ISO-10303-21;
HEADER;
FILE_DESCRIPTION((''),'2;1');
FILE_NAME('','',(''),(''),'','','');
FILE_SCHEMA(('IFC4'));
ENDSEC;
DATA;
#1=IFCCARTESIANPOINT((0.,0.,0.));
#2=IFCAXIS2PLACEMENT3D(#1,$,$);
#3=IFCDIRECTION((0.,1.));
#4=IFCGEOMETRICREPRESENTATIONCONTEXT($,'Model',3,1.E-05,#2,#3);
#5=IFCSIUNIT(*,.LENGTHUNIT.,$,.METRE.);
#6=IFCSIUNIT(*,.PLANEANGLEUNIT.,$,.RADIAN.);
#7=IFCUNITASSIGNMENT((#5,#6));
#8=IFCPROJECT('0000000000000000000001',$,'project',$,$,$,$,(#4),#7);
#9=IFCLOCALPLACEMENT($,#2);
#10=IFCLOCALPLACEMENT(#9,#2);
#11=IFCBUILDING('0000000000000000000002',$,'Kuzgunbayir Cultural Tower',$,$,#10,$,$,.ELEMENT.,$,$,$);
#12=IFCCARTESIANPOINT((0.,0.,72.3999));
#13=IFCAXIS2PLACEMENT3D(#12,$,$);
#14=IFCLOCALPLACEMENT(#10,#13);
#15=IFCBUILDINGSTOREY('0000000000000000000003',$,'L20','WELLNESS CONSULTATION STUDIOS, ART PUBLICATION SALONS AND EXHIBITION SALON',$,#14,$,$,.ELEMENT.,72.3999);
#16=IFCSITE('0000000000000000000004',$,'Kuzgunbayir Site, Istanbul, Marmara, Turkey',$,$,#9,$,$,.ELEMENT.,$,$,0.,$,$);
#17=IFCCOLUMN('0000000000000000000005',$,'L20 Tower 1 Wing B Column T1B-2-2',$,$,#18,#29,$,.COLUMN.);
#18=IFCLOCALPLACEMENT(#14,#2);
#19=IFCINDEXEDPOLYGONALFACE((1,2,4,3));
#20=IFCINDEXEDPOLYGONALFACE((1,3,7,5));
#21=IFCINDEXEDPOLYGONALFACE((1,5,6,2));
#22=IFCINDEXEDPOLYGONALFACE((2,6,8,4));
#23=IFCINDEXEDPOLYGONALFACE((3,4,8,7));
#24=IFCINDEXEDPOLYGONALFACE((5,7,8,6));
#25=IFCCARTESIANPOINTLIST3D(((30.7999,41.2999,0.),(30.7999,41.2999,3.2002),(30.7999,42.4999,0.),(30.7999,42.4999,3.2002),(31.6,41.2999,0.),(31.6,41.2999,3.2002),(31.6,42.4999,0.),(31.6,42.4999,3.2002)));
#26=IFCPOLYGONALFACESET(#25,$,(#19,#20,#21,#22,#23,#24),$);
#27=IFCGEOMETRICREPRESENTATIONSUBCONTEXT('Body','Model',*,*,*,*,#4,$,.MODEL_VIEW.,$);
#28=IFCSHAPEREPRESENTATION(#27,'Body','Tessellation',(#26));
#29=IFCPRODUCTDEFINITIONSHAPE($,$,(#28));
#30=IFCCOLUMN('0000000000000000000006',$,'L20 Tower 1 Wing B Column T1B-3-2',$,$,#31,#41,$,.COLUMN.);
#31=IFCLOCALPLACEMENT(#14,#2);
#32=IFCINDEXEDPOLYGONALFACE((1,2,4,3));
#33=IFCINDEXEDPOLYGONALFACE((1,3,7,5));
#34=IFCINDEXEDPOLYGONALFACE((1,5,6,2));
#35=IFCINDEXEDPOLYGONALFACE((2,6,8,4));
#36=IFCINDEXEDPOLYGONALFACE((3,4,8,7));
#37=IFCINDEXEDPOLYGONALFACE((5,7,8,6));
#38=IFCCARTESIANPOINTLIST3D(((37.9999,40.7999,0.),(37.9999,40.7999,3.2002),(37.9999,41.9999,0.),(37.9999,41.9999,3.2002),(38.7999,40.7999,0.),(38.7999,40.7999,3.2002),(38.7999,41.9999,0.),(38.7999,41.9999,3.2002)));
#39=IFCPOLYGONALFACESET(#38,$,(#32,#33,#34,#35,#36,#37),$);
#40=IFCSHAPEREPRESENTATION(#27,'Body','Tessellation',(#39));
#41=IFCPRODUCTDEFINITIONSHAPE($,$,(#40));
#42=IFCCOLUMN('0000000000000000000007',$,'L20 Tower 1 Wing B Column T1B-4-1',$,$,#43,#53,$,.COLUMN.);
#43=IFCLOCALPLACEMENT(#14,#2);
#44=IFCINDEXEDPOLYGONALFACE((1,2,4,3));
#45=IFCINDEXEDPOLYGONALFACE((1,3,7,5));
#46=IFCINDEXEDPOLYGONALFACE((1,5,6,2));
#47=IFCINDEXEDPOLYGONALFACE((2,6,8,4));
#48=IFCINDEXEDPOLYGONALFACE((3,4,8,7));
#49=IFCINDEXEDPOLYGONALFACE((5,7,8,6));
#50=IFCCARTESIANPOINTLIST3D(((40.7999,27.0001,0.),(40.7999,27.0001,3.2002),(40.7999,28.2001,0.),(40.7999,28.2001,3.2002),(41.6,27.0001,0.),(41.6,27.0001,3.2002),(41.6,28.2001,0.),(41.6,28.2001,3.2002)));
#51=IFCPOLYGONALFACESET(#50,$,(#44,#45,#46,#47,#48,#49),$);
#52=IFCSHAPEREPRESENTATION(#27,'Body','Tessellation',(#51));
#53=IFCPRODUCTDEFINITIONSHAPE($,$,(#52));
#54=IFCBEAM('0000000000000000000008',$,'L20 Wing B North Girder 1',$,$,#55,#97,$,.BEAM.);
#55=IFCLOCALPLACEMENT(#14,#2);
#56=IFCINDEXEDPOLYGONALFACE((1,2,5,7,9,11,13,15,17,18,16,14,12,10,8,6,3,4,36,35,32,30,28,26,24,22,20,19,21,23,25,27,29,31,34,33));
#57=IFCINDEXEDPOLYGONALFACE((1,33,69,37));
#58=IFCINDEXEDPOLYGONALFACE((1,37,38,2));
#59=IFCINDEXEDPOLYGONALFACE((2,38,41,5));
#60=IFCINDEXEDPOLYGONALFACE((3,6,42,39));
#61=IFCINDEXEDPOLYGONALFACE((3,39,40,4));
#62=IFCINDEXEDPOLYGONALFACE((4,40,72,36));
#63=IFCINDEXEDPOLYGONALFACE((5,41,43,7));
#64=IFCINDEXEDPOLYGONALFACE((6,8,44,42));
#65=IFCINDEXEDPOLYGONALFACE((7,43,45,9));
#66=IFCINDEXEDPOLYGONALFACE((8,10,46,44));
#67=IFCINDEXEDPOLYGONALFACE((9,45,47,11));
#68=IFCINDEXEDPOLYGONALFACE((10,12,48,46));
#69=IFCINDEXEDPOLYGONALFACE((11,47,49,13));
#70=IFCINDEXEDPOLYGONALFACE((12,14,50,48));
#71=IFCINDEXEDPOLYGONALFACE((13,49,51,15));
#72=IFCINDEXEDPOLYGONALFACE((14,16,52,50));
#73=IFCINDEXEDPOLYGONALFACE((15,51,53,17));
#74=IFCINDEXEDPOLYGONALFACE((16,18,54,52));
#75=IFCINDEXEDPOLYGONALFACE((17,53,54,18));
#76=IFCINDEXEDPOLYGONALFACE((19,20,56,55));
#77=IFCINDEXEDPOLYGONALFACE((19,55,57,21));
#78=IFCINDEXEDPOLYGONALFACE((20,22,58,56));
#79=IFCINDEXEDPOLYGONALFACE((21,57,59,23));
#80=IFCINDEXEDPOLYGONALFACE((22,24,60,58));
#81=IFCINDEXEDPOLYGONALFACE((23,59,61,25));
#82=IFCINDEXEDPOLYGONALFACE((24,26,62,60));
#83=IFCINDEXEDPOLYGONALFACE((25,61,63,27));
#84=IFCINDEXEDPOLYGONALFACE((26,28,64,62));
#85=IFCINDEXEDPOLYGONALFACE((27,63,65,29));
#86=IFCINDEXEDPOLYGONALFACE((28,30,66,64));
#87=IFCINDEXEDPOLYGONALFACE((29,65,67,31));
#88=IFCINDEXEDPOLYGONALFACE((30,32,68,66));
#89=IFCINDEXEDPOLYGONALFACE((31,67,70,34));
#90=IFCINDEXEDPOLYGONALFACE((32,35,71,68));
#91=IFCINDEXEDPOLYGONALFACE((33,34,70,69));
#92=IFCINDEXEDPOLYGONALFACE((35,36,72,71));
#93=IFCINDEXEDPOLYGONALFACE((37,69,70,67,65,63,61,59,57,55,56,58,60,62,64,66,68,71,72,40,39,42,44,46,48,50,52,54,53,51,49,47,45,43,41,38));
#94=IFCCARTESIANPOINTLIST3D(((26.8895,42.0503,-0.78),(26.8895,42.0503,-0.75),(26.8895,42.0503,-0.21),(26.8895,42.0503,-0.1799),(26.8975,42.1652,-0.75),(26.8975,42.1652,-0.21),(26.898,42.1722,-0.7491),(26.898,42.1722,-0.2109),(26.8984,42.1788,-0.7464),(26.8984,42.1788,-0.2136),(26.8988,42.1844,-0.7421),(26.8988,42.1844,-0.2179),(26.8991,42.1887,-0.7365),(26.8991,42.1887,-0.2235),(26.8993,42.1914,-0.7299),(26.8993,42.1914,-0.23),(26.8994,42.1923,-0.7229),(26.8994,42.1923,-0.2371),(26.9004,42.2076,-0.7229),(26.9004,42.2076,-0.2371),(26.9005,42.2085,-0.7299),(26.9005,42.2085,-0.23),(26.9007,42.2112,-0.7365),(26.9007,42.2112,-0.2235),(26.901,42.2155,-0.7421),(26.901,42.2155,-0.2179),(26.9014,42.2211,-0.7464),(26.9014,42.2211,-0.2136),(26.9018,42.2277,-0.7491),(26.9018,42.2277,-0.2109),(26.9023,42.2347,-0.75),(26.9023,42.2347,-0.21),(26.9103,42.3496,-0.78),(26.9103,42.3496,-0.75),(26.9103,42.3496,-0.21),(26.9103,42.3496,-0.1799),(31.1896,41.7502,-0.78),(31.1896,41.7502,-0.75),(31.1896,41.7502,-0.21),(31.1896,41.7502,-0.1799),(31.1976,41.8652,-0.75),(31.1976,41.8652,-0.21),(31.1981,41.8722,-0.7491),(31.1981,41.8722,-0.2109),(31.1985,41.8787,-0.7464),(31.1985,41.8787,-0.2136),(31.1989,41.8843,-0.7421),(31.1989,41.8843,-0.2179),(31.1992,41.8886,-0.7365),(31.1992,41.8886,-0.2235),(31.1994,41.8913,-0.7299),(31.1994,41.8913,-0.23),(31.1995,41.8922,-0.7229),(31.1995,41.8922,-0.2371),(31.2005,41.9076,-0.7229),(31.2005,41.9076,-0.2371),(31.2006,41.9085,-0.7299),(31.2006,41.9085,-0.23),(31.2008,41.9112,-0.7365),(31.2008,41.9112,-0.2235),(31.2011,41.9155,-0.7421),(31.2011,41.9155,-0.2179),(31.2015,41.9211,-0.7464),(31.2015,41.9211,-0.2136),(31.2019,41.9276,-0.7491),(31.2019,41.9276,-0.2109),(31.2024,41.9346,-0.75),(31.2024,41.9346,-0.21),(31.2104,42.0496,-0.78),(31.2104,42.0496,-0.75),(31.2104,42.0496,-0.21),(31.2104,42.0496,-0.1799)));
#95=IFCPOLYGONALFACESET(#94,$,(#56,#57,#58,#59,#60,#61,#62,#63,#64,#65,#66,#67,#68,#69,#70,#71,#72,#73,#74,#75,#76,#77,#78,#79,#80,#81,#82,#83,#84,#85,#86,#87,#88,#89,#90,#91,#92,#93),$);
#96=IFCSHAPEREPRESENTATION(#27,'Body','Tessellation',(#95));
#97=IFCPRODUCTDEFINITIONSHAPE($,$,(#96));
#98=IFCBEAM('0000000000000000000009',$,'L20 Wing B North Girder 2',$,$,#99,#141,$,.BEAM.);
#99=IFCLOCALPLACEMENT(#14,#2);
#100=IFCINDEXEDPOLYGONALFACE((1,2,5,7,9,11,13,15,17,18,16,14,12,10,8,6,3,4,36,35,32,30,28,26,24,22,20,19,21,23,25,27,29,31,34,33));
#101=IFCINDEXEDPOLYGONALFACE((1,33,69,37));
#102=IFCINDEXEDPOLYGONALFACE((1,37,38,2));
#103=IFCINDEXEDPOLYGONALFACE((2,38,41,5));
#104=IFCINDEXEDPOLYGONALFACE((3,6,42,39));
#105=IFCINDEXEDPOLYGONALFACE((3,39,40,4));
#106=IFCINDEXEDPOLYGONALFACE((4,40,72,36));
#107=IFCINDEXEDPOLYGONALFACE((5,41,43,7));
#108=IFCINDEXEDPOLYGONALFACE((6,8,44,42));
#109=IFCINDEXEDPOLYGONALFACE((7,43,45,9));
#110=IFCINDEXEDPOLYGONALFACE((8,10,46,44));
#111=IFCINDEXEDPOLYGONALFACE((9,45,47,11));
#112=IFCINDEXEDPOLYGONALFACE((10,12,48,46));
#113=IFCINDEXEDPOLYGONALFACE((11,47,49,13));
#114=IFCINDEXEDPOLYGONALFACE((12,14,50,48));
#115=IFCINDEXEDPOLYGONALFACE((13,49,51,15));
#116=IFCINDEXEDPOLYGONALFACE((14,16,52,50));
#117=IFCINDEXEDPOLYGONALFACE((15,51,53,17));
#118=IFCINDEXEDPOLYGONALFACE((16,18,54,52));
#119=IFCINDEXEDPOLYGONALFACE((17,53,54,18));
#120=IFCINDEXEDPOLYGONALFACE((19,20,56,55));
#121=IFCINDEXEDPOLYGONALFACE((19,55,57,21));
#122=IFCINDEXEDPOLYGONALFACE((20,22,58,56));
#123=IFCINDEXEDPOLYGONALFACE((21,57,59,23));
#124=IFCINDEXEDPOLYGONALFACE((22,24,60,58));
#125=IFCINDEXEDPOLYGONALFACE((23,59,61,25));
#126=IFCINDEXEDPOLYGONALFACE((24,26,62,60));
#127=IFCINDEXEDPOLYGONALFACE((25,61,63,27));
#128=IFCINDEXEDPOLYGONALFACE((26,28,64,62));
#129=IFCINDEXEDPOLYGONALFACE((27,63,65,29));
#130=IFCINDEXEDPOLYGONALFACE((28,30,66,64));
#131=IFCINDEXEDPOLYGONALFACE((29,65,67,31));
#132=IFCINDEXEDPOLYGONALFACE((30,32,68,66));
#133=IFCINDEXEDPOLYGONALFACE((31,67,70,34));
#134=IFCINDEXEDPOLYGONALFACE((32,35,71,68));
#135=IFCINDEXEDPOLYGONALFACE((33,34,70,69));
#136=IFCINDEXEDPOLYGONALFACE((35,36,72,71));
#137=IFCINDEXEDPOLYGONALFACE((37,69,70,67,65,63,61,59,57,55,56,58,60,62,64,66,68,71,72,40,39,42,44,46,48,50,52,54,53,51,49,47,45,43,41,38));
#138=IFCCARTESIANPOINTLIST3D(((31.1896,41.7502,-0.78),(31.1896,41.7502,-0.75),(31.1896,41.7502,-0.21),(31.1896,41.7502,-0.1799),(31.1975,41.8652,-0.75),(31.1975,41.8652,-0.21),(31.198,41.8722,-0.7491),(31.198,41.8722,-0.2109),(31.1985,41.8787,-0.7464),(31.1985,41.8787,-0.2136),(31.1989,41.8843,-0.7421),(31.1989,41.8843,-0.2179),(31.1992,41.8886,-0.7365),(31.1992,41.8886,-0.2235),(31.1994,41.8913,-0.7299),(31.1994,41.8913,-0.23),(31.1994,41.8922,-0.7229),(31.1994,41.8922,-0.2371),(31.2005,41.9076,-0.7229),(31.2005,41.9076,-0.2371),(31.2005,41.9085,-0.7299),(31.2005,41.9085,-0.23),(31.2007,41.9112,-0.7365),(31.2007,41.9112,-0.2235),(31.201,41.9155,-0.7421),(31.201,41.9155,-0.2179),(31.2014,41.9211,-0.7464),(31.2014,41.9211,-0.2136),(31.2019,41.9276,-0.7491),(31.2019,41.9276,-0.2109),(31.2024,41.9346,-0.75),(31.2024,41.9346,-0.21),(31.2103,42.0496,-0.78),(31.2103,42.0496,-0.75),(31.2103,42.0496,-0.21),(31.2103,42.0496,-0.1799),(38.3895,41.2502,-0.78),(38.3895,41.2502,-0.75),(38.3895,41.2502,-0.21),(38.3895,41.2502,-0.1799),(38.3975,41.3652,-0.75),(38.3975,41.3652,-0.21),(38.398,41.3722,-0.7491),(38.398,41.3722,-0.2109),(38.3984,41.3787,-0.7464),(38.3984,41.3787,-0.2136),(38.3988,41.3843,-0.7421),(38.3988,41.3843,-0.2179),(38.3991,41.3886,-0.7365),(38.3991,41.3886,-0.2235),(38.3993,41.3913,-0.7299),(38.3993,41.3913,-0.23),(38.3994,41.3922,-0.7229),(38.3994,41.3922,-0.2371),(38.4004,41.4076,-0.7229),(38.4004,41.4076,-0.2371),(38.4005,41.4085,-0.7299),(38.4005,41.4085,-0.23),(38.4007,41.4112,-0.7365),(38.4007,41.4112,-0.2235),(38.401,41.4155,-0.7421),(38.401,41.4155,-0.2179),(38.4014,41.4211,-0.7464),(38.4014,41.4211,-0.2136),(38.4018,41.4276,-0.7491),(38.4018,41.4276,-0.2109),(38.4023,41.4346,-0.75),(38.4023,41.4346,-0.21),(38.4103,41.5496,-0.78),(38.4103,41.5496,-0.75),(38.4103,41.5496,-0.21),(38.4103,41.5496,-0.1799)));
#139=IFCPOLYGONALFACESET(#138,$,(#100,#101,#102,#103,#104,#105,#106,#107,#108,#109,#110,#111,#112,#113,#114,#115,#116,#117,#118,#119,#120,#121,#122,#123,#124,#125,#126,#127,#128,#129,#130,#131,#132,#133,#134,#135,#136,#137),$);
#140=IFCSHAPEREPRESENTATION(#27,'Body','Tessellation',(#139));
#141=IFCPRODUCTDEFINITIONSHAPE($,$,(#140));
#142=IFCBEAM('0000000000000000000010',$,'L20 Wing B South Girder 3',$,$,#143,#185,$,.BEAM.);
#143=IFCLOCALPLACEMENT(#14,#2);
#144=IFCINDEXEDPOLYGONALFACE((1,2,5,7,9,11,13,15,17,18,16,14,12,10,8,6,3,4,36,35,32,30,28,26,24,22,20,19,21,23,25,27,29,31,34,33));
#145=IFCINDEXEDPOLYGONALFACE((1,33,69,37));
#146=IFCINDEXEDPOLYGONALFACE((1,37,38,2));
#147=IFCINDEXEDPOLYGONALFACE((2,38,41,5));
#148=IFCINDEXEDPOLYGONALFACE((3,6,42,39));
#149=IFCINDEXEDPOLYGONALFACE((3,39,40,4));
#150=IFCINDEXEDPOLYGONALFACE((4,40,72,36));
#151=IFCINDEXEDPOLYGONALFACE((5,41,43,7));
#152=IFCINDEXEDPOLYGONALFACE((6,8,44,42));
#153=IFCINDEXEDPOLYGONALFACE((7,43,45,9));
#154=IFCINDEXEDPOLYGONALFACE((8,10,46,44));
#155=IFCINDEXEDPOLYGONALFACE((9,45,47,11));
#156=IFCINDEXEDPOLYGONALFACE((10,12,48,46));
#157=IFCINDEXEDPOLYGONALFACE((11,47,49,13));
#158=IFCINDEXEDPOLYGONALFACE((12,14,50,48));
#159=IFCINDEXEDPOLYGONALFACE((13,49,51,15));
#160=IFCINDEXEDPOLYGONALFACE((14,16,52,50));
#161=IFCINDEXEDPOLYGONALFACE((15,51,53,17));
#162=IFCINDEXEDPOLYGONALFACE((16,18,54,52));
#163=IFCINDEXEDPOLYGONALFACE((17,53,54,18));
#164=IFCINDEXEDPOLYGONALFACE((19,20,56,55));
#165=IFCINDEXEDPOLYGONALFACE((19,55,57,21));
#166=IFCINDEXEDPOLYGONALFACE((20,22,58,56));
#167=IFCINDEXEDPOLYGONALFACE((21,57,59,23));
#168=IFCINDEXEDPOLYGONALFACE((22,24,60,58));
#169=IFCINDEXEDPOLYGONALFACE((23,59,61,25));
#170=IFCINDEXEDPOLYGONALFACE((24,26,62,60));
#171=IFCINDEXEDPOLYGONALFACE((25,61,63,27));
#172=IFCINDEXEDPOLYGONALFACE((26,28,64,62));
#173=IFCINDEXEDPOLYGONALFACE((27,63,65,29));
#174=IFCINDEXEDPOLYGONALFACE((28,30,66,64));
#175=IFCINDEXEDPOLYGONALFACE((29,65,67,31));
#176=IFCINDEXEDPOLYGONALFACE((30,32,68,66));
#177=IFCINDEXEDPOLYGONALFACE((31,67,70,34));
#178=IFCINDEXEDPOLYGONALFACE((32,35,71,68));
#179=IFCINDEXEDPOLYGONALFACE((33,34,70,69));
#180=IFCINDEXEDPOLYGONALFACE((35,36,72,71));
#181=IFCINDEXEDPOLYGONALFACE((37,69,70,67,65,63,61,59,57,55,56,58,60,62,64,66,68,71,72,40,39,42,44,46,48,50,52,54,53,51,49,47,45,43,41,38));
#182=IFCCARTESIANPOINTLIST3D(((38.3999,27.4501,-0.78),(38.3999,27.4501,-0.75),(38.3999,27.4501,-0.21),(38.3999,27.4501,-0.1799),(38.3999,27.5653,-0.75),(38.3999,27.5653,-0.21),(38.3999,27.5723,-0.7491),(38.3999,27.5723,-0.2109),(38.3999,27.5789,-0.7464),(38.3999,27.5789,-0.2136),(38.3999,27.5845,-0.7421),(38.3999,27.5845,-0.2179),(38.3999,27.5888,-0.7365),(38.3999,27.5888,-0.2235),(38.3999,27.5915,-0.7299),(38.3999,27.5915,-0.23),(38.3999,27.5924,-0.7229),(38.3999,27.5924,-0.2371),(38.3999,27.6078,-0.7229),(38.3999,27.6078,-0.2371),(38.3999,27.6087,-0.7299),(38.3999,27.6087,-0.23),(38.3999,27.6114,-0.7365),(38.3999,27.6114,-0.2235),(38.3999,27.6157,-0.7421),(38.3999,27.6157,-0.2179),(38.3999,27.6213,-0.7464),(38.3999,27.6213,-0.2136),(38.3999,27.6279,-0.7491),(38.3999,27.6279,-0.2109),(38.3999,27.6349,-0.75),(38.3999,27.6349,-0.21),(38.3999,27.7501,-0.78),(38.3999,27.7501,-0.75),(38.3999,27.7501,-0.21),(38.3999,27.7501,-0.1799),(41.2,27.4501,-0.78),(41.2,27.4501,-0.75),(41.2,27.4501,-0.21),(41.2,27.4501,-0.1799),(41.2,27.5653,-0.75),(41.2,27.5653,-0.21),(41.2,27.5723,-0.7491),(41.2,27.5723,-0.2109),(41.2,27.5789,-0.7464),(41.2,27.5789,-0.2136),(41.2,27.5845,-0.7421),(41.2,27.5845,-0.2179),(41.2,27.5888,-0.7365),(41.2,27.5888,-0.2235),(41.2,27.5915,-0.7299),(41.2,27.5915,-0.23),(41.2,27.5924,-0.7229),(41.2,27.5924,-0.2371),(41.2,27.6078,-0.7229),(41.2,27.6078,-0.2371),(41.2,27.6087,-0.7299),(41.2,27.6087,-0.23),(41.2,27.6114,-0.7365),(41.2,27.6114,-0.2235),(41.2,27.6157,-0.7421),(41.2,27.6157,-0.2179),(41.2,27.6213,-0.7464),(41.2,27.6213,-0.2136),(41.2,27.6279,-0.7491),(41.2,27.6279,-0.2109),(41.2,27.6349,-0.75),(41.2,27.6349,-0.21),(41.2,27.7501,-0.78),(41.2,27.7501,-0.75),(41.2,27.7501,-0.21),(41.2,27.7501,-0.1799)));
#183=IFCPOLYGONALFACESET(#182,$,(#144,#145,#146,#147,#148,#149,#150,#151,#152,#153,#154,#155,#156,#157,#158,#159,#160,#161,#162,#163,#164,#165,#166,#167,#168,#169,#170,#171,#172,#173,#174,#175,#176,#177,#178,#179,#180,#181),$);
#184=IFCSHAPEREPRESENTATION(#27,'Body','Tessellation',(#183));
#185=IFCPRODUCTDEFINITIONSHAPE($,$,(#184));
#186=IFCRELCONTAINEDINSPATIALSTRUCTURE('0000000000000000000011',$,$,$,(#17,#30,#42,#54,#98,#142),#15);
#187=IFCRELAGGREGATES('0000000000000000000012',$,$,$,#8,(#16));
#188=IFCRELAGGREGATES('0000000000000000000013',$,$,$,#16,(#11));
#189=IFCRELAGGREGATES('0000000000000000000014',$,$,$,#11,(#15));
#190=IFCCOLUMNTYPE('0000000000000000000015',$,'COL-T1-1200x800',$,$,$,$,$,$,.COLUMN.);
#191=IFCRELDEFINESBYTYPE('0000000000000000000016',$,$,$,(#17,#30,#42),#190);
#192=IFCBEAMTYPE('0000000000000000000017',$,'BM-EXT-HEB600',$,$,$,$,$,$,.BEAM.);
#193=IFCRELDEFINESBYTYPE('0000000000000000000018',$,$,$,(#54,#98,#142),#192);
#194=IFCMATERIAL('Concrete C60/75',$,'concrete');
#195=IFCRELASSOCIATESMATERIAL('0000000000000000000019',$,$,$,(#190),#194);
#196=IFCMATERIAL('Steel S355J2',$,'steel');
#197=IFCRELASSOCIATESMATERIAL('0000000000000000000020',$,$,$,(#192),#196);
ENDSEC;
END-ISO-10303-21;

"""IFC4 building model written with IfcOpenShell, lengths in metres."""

from ifc_helpers import new_model, si_unit, direction, frame, origin, origin_2d, place, context, subcontext, project, spatial, rectangle, i_section, extrude, material, material_profile, profile_set, type_object, element, save


model = new_model("IFC4")

# Units and contexts
model_context = context("Model", 3, precision=1e-05, world=origin(), true_north=direction((0.0, 1.0)))
body_context = subcontext(model_context, "Body", "Model", "MODEL_VIEW")
ifc_project = project(units=[si_unit("LENGTHUNIT", "METRE"), si_unit("PLANEANGLEUNIT", "RADIAN")], contexts=[model_context])

# Site, building, storey
site_placement = place(None, origin())
site = spatial("IfcSite", under=ifc_project, at=site_placement, Name="Kuzgunbayir Site, Istanbul, Marmara, Turkey", CompositionType="ELEMENT", RefElevation=0.0)
building_placement = place(site_placement, origin())
building = spatial("IfcBuilding", under=site, at=building_placement, Name="Kuzgunbayir Cultural Tower", CompositionType="ELEMENT")
storey_placement = place(building_placement, frame((0.0, 0.0, 72.3999)))
storey = spatial("IfcBuildingStorey", under=building, at=storey_placement, Name="L20", Description="WELLNESS CONSULTATION STUDIOS, ART PUBLICATION SALONS AND EXHIBITION SALON", CompositionType="ELEMENT", Elevation=72.3999)

# Columns
ifc_material_1 = material(Name="Concrete C60/75", Category="concrete")
ifc_material_profile_1 = material_profile(ifc_material_1, rectangle(XDim=0.8, YDim=1.2, at=origin_2d()), Name="RC 1200x800")
ifc_profile_set_1 = profile_set([ifc_material_profile_1], Name="Concrete C60/75")
column_type = type_object("IfcColumnType", Name="COL-T1-1200x800", PredefinedType="COLUMN", material=ifc_profile_set_1)
for number, where, z_axis, x_axis, name in (
    (1, (31.2, 41.8999, 0.0), (0.0, 0.0, 1.0), (1.0, 0.0, 0.0), "L20 Tower 1 Wing B Column T1B-2-2"),
    (2, (38.3999, 41.3999, 0.0), (0.0, 0.0, 1.0), (1.0, 0.0, 0.0), "L20 Tower 1 Wing B Column T1B-3-2"),
    (3, (41.2, 27.6001, 0.0), (0.0, 0.0, 1.0), (1.0, 0.0, 0.0), "L20 Tower 1 Wing B Column T1B-4-1"),
):
    element("IfcColumn", number, at=place(storey_placement, frame(where, z_axis=z_axis, x_axis=x_axis)), inside=storey, type_object=column_type, Name=name, PredefinedType="COLUMN", context=body_context, shape_type="SweptSolid", body=[
        extrude(rectangle(XDim=0.8, YDim=1.2, at=origin_2d()), origin(), (0.0, 0.0, 1.0), 3.2002),
    ])

# Beams
ifc_material_2 = material(Name="Steel S355J2", Category="steel")
ifc_material_profile_2 = material_profile(ifc_material_2, i_section(OverallWidth=0.3, OverallDepth=0.6001, WebThickness=0.0154, FlangeThickness=0.03, FilletRadius=0.0271, at=origin_2d()), Name="HEB 600")
ifc_profile_set_2 = profile_set([ifc_material_profile_2], Name="Steel S355J2")
beam_type_1 = type_object("IfcBeamType", Name="BM-EXT-HEB600", PredefinedType="BEAM", material=ifc_profile_set_2)
beam_1_placement = place(storey_placement, frame((26.8999, 42.2, -0.48), z_axis=(0.997574, -0.069609, 0.0), x_axis=(0.069609, 0.997574, 0.0)))
element("IfcBeam", 4, at=beam_1_placement, inside=storey, type_object=beam_type_1, Name="L20 Wing B North Girder 1", PredefinedType="BEAM", context=body_context, shape_type="SweptSolid", body=[
    extrude(i_section(OverallWidth=0.3, OverallDepth=0.6001, WebThickness=0.0154, FlangeThickness=0.03, FilletRadius=0.0271, at=origin_2d()), origin(), (0.0, 0.0, 1.0), 4.3105),
])
beam_2_placement = place(storey_placement, frame((31.2, 41.8999, -0.48), z_axis=(0.997597, -0.069278, 0.0), x_axis=(0.069278, 0.997597, 0.0)))
element("IfcBeam", 5, at=beam_2_placement, inside=storey, type_object=beam_type_1, Name="L20 Wing B North Girder 2", PredefinedType="BEAM", context=body_context, shape_type="SweptSolid", body=[
    extrude(i_section(OverallWidth=0.3, OverallDepth=0.6001, WebThickness=0.0154, FlangeThickness=0.03, FilletRadius=0.0271, at=origin_2d()), origin(), (0.0, 0.0, 1.0), 7.2173),
])
beam_3_placement = place(storey_placement, frame((38.3999, 27.6001, -0.48), z_axis=(1.0, 0.0, 0.0), x_axis=(0.0, 1.0, 0.0)))
element("IfcBeam", 6, at=beam_3_placement, inside=storey, type_object=beam_type_1, Name="L20 Wing B South Girder 3", PredefinedType="BEAM", context=body_context, shape_type="SweptSolid", body=[
    extrude(i_section(OverallWidth=0.3, OverallDepth=0.6001, WebThickness=0.0154, FlangeThickness=0.03, FilletRadius=0.0271, at=origin_2d()), origin(), (0.0, 0.0, 1.0), 2.8),
])

save(model, "model.ifc")
